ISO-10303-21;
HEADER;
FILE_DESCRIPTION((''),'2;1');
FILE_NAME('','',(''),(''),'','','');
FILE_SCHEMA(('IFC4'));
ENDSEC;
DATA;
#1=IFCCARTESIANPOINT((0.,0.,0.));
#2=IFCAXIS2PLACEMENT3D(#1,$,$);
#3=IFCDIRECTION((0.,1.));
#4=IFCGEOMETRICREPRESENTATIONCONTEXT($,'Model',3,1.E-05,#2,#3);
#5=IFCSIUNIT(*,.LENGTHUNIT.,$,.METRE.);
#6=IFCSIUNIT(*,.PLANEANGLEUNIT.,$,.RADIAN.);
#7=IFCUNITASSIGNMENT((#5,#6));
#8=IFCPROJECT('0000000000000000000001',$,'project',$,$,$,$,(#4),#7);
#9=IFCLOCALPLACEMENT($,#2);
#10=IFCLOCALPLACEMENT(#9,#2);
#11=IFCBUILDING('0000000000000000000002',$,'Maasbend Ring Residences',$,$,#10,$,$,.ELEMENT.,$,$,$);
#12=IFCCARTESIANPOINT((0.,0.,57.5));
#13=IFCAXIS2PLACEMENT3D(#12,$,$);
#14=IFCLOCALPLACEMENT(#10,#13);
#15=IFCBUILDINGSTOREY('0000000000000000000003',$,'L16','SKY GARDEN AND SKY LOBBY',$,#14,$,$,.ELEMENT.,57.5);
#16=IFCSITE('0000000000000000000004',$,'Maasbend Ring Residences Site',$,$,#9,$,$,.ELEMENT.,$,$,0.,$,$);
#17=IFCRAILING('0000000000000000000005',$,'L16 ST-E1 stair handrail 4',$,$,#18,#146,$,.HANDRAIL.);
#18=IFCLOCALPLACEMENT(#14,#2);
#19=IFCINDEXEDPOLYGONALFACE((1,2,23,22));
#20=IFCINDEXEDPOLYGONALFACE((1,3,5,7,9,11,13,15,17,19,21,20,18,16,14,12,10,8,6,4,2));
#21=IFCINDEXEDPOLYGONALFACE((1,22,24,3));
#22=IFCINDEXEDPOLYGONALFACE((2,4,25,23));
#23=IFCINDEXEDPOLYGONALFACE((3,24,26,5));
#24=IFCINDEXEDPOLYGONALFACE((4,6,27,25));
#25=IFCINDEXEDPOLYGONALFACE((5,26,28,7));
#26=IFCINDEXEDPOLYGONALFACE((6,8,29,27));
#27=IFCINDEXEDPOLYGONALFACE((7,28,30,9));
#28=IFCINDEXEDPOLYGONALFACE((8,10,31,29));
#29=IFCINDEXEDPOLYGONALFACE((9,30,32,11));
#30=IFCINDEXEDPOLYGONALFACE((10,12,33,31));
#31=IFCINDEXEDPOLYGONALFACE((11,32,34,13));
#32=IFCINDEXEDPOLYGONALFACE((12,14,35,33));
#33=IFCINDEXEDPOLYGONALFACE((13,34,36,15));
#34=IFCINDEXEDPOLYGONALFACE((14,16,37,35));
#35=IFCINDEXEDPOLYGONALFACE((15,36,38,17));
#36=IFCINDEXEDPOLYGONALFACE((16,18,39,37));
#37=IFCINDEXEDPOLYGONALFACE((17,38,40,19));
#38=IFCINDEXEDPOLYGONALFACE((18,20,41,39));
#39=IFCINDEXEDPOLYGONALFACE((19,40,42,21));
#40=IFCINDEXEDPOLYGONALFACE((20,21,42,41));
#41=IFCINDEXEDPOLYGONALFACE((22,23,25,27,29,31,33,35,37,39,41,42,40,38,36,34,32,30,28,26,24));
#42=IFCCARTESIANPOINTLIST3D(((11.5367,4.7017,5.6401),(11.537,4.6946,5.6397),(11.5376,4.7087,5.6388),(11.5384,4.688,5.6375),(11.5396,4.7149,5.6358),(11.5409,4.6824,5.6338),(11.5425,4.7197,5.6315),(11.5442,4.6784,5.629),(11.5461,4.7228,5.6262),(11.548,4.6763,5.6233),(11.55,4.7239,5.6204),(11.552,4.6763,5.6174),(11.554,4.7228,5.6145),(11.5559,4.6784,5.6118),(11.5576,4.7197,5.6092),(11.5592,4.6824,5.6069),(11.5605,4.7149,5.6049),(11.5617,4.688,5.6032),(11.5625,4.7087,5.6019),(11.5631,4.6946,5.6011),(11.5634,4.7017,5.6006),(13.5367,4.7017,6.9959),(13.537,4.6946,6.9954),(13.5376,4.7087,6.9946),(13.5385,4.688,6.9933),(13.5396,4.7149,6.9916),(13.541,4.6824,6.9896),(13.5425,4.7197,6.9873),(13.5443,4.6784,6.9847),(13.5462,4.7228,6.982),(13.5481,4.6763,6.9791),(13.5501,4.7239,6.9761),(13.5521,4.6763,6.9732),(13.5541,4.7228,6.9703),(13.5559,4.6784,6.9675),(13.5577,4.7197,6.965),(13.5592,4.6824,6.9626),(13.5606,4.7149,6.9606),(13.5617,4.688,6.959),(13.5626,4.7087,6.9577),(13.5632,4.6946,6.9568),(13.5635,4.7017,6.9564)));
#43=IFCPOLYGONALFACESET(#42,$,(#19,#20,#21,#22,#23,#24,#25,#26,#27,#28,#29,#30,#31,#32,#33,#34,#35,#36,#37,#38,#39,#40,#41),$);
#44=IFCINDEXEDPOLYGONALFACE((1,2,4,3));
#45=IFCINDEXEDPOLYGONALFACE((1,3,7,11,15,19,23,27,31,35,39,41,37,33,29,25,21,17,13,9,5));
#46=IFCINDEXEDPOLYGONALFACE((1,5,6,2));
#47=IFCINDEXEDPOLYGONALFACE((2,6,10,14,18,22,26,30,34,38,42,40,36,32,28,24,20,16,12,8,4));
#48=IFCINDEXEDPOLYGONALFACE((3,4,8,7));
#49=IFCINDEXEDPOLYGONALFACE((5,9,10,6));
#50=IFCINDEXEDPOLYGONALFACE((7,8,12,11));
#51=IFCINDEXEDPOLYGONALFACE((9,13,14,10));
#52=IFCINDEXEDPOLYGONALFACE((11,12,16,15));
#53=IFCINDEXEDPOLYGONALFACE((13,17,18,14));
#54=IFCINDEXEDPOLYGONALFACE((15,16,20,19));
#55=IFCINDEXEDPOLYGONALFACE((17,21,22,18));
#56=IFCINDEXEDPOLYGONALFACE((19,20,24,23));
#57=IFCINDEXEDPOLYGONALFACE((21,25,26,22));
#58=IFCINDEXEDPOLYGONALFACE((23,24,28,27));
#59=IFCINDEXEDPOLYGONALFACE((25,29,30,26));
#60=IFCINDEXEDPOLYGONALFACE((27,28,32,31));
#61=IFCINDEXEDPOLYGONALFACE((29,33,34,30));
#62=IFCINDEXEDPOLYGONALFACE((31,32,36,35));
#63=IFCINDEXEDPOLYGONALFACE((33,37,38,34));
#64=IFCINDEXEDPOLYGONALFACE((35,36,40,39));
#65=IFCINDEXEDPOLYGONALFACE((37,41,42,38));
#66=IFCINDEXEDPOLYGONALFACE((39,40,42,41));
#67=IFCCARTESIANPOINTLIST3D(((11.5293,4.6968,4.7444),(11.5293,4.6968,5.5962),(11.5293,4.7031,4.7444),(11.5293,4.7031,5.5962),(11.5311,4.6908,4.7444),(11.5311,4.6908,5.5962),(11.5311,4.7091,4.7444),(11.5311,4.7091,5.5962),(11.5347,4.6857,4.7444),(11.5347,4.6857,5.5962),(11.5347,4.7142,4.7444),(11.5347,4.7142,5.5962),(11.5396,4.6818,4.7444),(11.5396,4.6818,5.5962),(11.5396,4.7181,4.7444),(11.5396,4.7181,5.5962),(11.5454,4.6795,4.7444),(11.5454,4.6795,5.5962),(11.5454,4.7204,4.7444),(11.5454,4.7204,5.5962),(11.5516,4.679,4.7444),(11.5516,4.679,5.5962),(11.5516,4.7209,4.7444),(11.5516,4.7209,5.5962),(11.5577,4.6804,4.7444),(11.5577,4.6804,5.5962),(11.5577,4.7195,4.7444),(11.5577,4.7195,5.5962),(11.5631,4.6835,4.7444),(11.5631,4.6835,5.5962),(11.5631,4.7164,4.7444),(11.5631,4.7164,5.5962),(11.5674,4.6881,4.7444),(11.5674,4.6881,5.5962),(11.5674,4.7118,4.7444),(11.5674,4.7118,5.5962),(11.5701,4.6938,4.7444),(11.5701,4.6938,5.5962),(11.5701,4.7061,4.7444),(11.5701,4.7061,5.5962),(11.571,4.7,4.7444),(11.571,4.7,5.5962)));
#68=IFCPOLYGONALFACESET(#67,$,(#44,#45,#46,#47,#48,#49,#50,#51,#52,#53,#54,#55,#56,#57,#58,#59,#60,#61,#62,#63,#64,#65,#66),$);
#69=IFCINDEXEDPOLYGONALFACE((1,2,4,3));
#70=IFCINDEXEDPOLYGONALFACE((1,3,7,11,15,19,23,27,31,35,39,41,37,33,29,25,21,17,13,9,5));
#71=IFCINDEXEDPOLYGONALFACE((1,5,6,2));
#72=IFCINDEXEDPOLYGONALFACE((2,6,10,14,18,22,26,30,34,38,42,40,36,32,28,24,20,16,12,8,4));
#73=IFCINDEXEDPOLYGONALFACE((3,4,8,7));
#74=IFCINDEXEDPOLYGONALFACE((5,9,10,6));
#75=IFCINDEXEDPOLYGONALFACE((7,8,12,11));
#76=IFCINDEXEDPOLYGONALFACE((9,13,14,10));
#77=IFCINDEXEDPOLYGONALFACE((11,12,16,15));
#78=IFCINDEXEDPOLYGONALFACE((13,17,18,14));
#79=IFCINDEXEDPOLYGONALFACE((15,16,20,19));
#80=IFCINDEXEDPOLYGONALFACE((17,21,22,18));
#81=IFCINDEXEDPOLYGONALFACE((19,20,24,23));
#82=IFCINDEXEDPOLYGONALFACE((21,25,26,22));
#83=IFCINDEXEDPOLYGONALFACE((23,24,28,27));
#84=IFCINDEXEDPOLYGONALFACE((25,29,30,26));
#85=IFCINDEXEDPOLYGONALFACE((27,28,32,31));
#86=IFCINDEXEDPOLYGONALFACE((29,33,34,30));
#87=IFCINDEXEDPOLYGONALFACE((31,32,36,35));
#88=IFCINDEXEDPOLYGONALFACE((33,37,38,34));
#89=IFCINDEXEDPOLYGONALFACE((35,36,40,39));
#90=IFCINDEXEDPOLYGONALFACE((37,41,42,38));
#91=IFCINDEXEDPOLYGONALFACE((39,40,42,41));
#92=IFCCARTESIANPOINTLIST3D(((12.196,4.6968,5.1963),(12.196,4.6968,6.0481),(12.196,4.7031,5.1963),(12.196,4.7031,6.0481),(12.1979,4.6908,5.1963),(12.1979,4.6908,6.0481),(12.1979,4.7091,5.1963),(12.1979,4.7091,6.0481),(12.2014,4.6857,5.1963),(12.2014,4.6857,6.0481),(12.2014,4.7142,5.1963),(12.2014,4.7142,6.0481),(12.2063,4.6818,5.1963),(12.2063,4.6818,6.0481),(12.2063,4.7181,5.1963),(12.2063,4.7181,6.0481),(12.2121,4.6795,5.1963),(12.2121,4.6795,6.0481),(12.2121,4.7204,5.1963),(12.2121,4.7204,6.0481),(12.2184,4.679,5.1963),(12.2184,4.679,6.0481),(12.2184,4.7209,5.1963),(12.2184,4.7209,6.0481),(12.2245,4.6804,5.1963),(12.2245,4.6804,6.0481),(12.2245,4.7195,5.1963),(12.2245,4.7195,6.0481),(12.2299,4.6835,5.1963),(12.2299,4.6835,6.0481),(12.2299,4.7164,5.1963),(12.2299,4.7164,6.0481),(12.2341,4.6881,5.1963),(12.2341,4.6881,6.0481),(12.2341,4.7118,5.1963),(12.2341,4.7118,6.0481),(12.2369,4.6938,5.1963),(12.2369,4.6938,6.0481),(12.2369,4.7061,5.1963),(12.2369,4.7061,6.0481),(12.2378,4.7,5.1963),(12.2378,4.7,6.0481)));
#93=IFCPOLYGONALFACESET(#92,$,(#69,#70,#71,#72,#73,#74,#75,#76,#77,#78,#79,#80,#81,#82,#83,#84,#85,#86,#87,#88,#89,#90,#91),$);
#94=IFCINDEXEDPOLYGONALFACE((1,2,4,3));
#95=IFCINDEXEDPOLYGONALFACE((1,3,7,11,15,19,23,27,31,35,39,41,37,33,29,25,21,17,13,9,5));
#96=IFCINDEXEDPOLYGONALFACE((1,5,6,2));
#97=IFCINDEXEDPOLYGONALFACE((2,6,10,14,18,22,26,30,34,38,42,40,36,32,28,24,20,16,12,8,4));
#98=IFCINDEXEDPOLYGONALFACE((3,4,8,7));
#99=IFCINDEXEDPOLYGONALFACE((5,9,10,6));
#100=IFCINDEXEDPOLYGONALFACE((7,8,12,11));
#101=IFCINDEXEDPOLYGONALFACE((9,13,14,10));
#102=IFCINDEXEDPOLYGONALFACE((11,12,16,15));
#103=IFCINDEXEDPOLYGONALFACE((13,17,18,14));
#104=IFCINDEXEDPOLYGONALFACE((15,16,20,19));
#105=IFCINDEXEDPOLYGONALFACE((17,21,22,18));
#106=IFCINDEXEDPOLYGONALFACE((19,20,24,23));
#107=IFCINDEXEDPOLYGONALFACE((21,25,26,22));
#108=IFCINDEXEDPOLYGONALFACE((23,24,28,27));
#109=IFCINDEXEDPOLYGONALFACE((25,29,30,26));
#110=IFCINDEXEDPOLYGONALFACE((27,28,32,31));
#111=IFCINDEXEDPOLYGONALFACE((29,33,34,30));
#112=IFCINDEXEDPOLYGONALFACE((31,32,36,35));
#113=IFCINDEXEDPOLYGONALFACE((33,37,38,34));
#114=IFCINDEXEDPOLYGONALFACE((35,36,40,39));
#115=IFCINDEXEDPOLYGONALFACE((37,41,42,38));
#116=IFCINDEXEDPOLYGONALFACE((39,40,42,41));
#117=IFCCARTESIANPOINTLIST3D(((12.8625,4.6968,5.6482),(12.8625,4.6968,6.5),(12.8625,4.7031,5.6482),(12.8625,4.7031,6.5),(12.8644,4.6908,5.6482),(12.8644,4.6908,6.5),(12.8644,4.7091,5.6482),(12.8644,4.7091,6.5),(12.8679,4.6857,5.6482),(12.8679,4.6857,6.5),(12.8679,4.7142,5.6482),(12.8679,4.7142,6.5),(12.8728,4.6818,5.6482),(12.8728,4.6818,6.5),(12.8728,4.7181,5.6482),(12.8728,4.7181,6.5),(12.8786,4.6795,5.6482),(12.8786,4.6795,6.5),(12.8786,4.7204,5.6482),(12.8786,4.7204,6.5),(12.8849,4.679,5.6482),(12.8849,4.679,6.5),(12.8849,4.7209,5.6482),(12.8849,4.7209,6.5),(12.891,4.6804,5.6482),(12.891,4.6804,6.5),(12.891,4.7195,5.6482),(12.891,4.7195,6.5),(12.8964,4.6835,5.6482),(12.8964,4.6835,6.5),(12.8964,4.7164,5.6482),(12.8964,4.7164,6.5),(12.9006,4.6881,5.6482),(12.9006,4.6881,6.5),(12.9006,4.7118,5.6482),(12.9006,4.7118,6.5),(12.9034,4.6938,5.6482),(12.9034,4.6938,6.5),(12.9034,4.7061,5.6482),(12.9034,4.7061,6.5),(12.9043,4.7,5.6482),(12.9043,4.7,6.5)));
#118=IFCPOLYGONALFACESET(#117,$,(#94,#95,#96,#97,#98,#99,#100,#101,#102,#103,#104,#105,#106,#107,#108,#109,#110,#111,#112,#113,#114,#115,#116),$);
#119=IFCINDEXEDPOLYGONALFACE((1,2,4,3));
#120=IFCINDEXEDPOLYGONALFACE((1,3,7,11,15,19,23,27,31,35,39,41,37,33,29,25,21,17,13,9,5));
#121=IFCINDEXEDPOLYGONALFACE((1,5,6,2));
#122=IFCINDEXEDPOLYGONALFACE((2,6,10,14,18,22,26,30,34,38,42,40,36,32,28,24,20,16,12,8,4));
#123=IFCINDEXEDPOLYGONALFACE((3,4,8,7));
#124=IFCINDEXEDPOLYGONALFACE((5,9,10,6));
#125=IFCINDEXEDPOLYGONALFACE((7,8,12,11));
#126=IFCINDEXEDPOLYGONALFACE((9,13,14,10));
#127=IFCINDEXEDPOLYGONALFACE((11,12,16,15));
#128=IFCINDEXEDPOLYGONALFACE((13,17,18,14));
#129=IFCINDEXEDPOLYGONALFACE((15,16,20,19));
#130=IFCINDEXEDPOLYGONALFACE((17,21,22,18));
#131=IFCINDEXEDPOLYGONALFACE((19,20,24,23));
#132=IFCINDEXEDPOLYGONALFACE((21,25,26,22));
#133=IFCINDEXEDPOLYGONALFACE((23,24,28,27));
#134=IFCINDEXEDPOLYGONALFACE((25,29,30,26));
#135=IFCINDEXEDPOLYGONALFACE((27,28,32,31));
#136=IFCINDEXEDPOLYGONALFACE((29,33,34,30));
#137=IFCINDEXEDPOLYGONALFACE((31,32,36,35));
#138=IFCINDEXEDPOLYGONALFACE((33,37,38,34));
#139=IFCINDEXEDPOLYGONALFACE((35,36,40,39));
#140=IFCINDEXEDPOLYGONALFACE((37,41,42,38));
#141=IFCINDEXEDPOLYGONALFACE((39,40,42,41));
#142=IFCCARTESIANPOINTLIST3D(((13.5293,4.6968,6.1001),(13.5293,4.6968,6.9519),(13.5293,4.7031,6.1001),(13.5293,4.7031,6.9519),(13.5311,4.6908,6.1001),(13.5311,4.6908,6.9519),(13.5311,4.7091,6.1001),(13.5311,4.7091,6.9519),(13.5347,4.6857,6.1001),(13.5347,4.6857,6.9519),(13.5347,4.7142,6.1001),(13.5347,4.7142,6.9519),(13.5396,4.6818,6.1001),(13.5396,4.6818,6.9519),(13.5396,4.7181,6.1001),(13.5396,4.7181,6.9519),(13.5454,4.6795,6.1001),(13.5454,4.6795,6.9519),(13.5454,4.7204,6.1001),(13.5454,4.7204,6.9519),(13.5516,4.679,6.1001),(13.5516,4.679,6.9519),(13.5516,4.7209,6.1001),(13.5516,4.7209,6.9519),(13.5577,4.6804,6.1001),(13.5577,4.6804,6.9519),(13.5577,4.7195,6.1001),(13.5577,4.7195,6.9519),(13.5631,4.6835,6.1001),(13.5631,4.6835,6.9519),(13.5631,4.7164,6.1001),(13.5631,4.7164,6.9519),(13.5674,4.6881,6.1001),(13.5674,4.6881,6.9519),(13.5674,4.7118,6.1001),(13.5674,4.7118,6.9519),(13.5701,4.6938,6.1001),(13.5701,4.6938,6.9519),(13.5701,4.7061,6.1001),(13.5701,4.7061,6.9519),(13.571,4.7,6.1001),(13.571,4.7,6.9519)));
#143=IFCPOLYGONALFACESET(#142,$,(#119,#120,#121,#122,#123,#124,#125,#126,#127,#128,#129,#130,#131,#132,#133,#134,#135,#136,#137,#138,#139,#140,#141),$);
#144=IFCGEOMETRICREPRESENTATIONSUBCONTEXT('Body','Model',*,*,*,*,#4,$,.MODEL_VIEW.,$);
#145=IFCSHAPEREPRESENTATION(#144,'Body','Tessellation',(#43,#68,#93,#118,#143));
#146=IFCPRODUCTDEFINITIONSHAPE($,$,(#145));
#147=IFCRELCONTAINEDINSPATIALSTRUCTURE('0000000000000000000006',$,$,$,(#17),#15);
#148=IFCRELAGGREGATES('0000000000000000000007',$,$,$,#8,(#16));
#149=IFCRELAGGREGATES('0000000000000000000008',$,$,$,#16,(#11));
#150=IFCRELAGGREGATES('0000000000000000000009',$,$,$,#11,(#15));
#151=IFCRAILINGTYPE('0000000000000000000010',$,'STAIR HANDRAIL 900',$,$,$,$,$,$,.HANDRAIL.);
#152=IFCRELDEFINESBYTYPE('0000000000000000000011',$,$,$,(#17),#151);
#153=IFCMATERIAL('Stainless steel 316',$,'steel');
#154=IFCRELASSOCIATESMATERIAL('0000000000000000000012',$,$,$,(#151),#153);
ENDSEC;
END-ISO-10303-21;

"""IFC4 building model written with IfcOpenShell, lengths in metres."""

from ifc_helpers import new_model, si_unit, direction, frame, origin, origin_2d, place, context, subcontext, project, spatial, circle, extrude, material, type_object, element, save


model = new_model("IFC4")

# Units and contexts
model_context = context("Model", 3, precision=1e-05, world=origin(), true_north=direction((0.0, 1.0)))
body_context = subcontext(model_context, "Body", "Model", "MODEL_VIEW")
ifc_project = project(units=[si_unit("LENGTHUNIT", "METRE"), si_unit("PLANEANGLEUNIT", "RADIAN")], contexts=[model_context])

# Site, building, storey
site_placement = place(None, origin())
site = spatial("IfcSite", under=ifc_project, at=site_placement, Name="Maasbend Ring Residences Site", CompositionType="ELEMENT", RefElevation=0.0)
building_placement = place(site_placement, origin())
building = spatial("IfcBuilding", under=site, at=building_placement, Name="Maasbend Ring Residences", CompositionType="ELEMENT")
storey_placement = place(building_placement, frame((0.0, 0.0, 57.5)))
storey = spatial("IfcBuildingStorey", under=building, at=storey_placement, Name="L16", Description="SKY GARDEN AND SKY LOBBY", CompositionType="ELEMENT", Elevation=57.5)

# Railing
ifc_material_1 = material(Name="Stainless steel 316", Category="steel")
railing_type_1 = type_object("IfcRailingType", Name="STAIR HANDRAIL 900", PredefinedType="HANDRAIL", material=ifc_material_1)
for number, where, name in (
    (1, (11.55, 4.7, 4.7444), "L16 ST-E1 stair handrail 4"),
):
    element("IfcRailing", number, at=place(storey_placement, frame(where)), inside=storey, type_object=railing_type_1, Name=name, PredefinedType="HANDRAIL", context=body_context, shape_type="SweptSolid", body=[
        extrude(circle(Radius=0.0239, at=origin_2d()), frame((0.0, 0.0, 0.876), z_axis=(0.827751, 0.0, 0.561096), x_axis=(0.0, 1.0, 0.0)), (0.0, 0.0, 1.0), 2.4163),
        extrude(circle(Radius=0.021, at=origin_2d()), origin(), (0.0, 0.0, 1.0), 0.8518),
        extrude(circle(Radius=0.021, at=origin_2d()), frame((0.6667, 0.0, 0.4519)), (0.0, 0.0, 1.0), 0.8518),
        extrude(circle(Radius=0.021, at=origin_2d()), frame((1.3333, 0.0, 0.9038)), (0.0, 0.0, 1.0), 0.8518),
        extrude(circle(Radius=0.021, at=origin_2d()), frame((2.0, 0.0, 1.3557)), (0.0, 0.0, 1.0), 0.8518),
    ])

save(model, "model.ifc")
